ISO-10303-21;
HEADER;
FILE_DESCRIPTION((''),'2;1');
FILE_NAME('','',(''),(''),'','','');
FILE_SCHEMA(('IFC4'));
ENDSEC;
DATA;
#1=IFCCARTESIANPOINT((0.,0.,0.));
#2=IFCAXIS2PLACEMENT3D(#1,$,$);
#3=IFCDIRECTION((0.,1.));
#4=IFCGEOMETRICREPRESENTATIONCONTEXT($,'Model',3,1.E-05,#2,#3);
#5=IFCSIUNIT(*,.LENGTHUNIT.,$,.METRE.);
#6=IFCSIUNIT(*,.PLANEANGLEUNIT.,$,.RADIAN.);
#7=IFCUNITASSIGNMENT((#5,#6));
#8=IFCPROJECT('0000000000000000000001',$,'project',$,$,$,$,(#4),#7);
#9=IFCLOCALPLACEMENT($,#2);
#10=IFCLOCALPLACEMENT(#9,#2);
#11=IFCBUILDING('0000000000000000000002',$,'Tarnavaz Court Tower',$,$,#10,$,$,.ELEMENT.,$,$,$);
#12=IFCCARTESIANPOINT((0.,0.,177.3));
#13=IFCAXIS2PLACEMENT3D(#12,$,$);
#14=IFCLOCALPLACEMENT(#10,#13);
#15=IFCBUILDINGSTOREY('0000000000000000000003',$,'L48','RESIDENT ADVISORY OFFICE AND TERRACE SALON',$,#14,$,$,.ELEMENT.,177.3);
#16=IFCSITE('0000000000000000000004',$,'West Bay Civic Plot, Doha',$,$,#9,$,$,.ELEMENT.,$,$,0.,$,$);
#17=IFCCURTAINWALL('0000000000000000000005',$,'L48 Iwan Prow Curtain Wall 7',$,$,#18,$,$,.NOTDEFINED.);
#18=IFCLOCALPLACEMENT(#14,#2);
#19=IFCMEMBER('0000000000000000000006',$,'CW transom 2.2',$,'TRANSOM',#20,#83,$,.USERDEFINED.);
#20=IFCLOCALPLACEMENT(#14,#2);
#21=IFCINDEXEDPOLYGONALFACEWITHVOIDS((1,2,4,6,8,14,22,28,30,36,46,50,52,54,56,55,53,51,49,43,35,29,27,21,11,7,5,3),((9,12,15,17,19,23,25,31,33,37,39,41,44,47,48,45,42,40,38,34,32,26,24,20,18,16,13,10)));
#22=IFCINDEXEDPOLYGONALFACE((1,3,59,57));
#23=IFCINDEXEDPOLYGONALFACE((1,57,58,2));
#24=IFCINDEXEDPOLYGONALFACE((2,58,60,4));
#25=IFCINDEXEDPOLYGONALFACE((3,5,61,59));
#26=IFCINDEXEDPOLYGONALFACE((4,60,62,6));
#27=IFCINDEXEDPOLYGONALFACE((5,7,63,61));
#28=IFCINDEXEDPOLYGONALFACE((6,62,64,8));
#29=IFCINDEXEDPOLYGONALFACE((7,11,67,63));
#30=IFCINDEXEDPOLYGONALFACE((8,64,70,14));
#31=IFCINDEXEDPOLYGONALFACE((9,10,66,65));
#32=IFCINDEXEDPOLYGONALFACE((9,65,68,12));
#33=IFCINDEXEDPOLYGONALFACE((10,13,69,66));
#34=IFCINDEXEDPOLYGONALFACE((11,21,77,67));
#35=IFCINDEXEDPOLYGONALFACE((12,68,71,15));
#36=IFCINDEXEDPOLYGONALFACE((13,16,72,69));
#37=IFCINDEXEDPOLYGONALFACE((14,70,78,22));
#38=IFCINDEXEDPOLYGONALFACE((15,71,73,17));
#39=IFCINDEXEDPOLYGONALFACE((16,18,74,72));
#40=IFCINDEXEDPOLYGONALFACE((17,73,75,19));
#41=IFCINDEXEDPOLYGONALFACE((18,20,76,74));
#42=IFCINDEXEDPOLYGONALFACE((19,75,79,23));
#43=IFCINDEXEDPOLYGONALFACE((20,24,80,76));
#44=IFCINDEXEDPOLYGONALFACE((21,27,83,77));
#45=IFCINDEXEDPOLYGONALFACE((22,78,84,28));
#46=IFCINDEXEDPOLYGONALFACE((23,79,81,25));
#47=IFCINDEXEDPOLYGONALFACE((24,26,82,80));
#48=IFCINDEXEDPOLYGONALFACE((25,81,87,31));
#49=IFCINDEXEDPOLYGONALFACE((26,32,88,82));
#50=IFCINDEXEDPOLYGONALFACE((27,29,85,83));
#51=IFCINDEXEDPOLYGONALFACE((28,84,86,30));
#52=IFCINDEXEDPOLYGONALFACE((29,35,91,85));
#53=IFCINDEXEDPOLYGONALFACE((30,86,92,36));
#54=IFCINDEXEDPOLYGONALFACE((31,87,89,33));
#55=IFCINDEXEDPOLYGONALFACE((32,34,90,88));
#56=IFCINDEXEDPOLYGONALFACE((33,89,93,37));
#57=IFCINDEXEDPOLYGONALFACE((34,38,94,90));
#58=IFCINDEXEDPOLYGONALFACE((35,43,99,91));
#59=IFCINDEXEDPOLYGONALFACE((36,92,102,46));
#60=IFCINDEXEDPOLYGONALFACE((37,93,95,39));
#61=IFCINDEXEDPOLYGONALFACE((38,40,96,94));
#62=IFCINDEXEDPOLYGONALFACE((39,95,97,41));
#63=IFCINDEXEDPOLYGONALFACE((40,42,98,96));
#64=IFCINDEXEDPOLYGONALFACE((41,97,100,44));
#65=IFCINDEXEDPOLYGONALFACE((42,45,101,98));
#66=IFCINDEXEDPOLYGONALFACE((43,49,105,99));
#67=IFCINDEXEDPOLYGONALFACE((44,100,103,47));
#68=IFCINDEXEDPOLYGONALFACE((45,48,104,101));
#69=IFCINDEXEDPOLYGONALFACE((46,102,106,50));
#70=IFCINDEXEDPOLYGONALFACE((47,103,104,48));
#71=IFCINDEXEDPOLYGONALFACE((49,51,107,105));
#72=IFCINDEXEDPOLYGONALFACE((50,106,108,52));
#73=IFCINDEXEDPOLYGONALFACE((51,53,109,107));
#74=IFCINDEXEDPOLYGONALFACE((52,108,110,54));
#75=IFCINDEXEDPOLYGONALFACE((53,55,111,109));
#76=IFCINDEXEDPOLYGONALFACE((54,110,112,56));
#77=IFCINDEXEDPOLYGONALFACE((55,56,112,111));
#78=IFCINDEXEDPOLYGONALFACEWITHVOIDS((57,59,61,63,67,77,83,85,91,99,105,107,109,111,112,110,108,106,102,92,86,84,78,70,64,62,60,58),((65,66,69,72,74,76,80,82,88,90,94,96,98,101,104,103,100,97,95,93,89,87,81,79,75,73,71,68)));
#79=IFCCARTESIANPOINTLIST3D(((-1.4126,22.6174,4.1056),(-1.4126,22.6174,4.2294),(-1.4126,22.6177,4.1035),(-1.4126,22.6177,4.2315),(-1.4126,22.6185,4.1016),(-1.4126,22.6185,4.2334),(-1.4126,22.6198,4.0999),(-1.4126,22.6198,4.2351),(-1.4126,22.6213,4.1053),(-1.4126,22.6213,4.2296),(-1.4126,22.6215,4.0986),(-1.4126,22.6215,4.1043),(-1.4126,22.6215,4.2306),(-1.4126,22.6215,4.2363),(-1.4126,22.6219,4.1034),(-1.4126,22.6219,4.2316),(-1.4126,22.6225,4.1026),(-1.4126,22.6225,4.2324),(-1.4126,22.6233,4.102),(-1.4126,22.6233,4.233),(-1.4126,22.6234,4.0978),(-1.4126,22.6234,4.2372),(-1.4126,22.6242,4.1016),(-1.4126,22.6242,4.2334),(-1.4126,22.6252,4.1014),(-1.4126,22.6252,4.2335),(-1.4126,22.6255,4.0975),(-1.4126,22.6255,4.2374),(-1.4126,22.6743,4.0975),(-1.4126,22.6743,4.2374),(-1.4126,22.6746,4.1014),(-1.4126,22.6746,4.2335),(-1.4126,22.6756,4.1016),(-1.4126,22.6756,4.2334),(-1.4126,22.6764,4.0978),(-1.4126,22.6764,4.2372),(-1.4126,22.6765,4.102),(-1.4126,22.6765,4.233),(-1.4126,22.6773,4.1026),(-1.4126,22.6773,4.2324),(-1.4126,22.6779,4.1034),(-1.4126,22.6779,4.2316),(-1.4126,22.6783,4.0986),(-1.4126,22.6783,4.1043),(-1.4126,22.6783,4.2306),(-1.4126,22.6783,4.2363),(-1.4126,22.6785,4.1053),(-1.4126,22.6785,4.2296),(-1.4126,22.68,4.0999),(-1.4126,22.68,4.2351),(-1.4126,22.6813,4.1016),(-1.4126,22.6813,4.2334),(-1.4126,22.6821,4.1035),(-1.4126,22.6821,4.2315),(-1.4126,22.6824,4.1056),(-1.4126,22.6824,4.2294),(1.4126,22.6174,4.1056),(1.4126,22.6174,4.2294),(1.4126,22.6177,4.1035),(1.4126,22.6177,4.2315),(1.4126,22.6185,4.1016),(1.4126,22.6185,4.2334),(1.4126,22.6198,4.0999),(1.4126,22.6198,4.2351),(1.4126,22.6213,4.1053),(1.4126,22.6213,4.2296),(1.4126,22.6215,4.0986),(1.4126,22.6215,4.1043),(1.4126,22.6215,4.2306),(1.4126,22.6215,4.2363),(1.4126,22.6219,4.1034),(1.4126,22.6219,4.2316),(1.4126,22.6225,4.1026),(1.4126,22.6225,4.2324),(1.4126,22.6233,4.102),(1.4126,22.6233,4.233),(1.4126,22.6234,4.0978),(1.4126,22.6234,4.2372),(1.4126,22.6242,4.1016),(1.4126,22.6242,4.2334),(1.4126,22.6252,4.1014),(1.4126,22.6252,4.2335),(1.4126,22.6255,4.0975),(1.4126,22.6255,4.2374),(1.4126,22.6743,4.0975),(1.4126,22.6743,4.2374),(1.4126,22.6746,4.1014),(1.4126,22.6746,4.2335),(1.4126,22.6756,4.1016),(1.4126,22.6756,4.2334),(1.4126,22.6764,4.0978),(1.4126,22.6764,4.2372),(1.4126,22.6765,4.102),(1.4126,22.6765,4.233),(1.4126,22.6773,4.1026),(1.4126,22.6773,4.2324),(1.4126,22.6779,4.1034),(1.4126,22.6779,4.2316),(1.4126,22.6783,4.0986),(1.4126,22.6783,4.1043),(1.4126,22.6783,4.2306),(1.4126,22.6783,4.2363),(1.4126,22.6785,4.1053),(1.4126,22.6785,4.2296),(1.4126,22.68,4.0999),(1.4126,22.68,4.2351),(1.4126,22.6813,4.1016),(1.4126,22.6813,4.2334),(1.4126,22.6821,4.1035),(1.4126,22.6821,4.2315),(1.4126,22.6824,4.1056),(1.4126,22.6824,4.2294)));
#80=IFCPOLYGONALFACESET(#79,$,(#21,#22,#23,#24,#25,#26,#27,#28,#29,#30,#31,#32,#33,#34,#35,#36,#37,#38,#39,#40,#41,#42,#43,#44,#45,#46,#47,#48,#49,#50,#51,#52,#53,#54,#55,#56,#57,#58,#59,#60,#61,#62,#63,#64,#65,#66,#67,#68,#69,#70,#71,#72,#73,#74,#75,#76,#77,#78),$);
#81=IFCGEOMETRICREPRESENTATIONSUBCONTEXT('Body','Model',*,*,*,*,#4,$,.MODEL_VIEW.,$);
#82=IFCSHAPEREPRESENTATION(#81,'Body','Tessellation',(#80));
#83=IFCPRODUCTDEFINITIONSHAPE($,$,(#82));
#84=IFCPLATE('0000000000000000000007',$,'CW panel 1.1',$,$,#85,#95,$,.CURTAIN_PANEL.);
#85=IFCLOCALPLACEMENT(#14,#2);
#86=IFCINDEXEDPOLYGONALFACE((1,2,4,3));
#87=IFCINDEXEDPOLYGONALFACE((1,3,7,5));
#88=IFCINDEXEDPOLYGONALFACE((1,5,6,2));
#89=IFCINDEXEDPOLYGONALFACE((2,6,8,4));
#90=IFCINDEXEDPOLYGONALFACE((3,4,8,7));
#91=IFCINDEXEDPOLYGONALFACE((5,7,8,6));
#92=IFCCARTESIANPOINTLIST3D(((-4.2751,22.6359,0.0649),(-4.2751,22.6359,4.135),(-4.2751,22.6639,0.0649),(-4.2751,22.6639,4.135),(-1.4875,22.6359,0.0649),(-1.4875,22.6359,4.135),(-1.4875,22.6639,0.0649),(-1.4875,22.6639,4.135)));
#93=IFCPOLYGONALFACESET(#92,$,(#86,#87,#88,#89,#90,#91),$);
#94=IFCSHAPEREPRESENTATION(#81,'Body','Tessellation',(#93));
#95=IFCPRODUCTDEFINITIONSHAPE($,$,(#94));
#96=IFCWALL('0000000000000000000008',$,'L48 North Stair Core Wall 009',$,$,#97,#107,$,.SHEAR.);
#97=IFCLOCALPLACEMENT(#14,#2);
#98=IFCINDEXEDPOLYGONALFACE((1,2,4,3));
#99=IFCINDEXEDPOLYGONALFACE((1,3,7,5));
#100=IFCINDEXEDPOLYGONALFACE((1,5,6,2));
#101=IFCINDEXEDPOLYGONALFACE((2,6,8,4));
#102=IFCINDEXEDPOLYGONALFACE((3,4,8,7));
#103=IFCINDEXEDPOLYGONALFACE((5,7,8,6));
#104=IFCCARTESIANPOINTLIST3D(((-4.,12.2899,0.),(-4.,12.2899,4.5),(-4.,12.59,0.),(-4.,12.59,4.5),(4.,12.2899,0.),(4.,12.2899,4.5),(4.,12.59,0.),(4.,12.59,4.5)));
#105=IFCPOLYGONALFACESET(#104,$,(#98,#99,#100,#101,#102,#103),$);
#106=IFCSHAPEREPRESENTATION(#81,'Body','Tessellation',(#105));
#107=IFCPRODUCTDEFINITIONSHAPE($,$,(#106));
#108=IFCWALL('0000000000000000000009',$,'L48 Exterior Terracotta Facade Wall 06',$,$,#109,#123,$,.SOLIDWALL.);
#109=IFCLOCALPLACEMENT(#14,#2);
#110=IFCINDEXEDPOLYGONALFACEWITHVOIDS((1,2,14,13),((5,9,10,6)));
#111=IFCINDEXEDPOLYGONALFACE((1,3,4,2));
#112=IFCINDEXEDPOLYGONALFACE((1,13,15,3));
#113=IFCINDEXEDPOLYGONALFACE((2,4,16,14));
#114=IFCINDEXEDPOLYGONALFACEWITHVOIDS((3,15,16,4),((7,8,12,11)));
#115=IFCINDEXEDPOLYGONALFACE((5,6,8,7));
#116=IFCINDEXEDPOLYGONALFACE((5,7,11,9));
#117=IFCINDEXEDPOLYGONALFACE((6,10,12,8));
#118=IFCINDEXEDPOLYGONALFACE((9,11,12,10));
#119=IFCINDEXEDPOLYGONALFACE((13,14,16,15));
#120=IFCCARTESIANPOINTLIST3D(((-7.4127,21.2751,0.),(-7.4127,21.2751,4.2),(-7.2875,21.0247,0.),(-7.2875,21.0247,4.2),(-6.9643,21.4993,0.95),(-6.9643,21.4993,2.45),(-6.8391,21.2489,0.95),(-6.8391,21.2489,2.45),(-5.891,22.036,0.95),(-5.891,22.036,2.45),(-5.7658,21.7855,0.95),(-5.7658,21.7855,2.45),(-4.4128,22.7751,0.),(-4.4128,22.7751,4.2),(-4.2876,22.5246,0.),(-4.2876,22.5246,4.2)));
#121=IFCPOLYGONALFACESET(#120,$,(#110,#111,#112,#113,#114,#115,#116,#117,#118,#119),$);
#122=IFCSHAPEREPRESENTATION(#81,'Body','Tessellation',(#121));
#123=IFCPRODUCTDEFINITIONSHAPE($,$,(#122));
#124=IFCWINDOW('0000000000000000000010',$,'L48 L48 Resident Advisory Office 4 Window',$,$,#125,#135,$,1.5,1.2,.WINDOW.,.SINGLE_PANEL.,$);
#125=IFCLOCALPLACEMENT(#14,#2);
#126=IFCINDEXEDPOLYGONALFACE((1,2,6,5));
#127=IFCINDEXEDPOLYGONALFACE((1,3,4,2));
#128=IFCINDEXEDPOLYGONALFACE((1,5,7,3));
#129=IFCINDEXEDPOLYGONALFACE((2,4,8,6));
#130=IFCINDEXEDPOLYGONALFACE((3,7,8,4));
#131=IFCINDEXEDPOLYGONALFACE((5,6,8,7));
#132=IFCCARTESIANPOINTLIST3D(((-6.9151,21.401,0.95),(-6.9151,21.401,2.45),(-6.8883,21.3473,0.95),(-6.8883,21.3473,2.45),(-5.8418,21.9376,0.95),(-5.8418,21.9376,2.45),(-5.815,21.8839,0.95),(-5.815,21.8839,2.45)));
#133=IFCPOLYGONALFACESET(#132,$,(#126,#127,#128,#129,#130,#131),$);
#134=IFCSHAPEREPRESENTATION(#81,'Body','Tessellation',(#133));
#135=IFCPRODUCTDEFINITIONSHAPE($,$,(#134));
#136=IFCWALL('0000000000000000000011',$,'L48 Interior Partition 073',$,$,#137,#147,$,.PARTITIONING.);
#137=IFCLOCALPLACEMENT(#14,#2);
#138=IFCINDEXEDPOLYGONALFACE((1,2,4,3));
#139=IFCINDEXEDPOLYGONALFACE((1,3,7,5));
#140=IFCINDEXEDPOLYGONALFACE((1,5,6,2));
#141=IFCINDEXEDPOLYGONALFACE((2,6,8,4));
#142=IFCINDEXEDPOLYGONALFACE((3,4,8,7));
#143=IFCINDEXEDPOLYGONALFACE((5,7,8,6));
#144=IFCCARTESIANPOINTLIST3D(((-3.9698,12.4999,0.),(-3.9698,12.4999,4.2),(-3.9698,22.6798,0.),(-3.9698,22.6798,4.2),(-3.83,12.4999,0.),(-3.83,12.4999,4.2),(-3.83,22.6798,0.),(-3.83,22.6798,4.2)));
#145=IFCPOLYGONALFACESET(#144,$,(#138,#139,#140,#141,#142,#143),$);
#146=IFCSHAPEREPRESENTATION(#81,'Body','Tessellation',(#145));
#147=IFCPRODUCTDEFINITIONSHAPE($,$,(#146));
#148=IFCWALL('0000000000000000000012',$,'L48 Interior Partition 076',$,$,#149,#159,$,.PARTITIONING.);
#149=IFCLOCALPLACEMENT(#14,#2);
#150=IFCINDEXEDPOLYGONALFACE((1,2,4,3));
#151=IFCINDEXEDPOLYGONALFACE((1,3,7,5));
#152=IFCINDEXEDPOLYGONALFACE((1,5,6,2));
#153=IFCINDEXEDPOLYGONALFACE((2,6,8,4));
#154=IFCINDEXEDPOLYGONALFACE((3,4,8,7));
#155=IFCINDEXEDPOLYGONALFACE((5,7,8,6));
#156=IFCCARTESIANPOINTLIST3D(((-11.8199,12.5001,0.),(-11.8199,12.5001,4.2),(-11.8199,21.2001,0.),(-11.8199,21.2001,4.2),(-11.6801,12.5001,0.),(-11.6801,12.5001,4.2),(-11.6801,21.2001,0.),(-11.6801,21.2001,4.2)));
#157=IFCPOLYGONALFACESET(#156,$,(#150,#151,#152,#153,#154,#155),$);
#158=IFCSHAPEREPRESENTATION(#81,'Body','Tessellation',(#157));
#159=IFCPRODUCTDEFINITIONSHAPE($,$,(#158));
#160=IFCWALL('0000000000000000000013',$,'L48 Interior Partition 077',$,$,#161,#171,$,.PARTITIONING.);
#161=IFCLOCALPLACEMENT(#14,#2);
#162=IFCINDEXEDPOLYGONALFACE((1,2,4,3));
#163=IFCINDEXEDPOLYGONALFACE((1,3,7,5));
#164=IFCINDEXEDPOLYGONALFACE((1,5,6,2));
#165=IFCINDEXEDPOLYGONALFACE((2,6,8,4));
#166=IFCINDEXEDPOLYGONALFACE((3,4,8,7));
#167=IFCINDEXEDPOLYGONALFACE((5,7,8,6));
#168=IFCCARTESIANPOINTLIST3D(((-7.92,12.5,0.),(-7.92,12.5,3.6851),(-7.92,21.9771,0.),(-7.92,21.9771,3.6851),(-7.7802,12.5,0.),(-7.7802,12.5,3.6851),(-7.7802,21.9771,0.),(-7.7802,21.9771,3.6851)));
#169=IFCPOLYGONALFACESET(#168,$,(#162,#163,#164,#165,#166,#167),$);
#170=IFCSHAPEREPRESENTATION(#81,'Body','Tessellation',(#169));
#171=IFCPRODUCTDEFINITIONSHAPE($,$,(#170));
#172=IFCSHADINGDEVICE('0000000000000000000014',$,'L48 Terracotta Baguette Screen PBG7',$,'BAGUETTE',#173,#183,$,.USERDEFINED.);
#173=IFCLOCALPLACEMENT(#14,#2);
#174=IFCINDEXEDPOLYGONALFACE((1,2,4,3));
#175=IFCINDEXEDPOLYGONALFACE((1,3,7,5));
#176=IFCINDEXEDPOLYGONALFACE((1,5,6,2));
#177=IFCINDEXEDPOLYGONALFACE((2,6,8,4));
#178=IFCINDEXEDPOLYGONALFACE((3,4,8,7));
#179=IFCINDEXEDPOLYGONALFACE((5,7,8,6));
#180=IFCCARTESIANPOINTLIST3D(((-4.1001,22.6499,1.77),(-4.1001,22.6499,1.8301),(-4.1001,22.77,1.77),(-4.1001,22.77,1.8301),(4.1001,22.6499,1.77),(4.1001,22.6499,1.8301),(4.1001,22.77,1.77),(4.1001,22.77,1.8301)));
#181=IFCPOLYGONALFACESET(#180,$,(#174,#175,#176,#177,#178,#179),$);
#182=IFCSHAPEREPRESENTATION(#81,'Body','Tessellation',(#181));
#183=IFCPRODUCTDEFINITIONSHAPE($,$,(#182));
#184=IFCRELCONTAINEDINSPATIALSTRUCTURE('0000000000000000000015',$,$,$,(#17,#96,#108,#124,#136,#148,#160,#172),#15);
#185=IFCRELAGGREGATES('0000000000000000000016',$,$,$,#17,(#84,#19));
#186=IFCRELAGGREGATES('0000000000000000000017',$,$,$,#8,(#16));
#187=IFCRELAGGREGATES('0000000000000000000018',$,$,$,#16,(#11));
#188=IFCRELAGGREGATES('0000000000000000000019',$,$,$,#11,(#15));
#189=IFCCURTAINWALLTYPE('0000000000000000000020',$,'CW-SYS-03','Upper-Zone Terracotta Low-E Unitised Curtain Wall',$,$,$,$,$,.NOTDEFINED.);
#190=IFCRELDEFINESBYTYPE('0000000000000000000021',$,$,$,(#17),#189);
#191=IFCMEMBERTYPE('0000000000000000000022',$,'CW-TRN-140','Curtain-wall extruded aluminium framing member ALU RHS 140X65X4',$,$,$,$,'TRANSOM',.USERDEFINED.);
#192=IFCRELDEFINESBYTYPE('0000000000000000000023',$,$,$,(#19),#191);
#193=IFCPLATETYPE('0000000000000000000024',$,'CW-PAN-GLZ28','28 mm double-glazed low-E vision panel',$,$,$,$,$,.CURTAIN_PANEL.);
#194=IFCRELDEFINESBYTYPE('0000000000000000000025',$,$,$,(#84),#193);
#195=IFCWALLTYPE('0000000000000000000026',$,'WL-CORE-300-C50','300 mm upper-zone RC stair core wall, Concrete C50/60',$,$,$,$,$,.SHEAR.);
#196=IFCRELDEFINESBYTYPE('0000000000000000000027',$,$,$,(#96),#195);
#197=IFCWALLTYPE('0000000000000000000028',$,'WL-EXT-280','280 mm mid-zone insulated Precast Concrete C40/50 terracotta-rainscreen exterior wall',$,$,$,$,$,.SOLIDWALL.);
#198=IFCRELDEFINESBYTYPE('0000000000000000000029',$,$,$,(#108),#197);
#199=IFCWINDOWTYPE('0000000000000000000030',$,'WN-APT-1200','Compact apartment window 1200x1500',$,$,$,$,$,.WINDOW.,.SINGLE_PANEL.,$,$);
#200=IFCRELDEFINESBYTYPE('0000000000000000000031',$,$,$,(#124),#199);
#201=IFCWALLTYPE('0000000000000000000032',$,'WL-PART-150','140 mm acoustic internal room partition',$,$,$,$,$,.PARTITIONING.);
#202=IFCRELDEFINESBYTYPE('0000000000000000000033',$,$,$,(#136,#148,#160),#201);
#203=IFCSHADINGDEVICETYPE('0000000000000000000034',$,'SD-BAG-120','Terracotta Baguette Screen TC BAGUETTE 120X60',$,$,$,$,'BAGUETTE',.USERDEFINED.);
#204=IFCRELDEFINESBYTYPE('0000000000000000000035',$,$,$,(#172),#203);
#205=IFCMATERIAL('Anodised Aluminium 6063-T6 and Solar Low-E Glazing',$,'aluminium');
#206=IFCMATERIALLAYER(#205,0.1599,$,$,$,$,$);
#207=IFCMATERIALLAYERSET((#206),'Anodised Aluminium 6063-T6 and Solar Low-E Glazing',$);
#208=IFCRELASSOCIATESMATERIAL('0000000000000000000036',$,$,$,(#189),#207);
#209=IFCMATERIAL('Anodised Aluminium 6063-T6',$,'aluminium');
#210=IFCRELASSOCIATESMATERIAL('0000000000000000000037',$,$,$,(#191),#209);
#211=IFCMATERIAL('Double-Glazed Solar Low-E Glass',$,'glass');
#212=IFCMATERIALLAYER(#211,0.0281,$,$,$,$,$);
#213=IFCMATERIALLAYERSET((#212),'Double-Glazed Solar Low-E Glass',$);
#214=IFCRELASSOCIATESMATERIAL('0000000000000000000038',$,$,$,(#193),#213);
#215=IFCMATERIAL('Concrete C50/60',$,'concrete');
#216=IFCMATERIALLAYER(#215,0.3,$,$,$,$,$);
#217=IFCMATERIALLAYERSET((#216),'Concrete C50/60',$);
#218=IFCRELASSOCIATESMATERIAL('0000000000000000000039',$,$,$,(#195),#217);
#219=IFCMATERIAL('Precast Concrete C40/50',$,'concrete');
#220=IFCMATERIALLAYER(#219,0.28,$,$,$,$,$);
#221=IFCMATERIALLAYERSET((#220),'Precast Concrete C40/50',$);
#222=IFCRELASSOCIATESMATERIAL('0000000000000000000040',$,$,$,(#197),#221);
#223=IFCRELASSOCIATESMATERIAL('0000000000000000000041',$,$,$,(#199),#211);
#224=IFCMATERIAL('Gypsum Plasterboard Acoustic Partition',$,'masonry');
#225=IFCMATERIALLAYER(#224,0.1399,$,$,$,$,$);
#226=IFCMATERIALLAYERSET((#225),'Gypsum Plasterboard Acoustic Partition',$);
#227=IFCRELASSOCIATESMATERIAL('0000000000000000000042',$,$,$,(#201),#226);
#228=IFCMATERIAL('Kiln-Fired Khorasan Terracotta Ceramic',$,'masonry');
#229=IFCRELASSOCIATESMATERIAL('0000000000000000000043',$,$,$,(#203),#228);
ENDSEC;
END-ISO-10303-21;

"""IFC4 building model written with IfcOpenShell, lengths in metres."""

from ifc_helpers import new_model, si_unit, direction, frame, frame_2d, origin, origin_2d, place, context, subcontext, project, spatial, rectangle, hollow_rectangle, extrude, material, layer, layer_set, material_profile, profile_set, type_object, element, fill, aggregate, save


model = new_model("IFC4")

# Units and contexts
model_context = context("Model", 3, precision=1e-05, world=origin(), true_north=direction((0.0, 1.0)))
body_context = subcontext(model_context, "Body", "Model", "MODEL_VIEW")
ifc_project = project(units=[si_unit("LENGTHUNIT", "METRE"), si_unit("PLANEANGLEUNIT", "RADIAN")], contexts=[model_context])

# Site, building, storey
site_placement = place(None, origin())
site = spatial("IfcSite", under=ifc_project, at=site_placement, Name="West Bay Civic Plot, Doha", CompositionType="ELEMENT", RefElevation=0.0)
building_placement = place(site_placement, origin())
building = spatial("IfcBuilding", under=site, at=building_placement, Name="Tarnavaz Court Tower", CompositionType="ELEMENT")
storey_placement = place(building_placement, frame((0.0, 0.0, 177.3)))
storey = spatial("IfcBuildingStorey", under=building, at=storey_placement, Name="L48", Description="RESIDENT ADVISORY OFFICE AND TERRACE SALON", CompositionType="ELEMENT", Elevation=177.3)

# Curtain wall, member, plate
ifc_material_1 = material(Name="Anodised Aluminium 6063-T6 and Solar Low-E Glazing", Category="aluminium")
ifc_layer_1 = layer(ifc_material_1, 0.1599)
ifc_layer_set_1 = layer_set([ifc_layer_1], Name="Anodised Aluminium 6063-T6 and Solar Low-E Glazing")
curtain_wall_type = type_object("IfcCurtainWallType", Name="CW-SYS-03", Description="Upper-Zone Terracotta Low-E Unitised Curtain Wall", PredefinedType="NOTDEFINED", material=ifc_layer_set_1)
curtain_wall_placement = place(storey_placement, origin())
curtain_wall = element("IfcCurtainWall", 1, at=curtain_wall_placement, inside=storey, type_object=curtain_wall_type, Name="L48 Iwan Prow Curtain Wall 7", PredefinedType="NOTDEFINED")
ifc_material_2 = material(Name="Anodised Aluminium 6063-T6", Category="aluminium")
ifc_material_profile_1 = material_profile(ifc_material_2, hollow_rectangle(XDim=0.0649, YDim=0.1399, WallThickness=0.0039, InnerFilletRadius=0.0039, OuterFilletRadius=0.0081, at=origin_2d()), Name="ALU RHS 140X65X4")
ifc_profile_set_1 = profile_set([ifc_material_profile_1], Name="Anodised Aluminium 6063-T6")
member_type_1 = type_object("IfcMemberType", Name="CW-TRN-140", Description="Curtain-wall extruded aluminium framing member ALU RHS 140X65X4", ElementType="TRANSOM", PredefinedType="USERDEFINED", material=ifc_profile_set_1)
member_1_placement = place(storey_placement, frame((-1.4126, 22.6499, 4.1675), z_axis=(1.0, 0.0, 0.0), x_axis=(0.0, 1.0, 0.0)))
member_1 = element("IfcMember", 2, at=member_1_placement, type_object=member_type_1, Name="CW transom 2.2", ObjectType="TRANSOM", PredefinedType="USERDEFINED", context=body_context, shape_type="SweptSolid", body=[
    extrude(hollow_rectangle(XDim=0.0649, YDim=0.1399, WallThickness=0.0039, InnerFilletRadius=0.0039, OuterFilletRadius=0.0081, at=origin_2d()), origin(), (0.0, 0.0, 1.0), 2.8252),
])
ifc_material_3 = material(Name="Double-Glazed Solar Low-E Glass", Category="glass")
ifc_layer_2 = layer(ifc_material_3, 0.0281)
ifc_layer_set_2 = layer_set([ifc_layer_2], Name="Double-Glazed Solar Low-E Glass")
plate_type = type_object("IfcPlateType", Name="CW-PAN-GLZ28", Description="28 mm double-glazed low-E vision panel", PredefinedType="CURTAIN_PANEL", material=ifc_layer_set_2)
plate_placement = place(storey_placement, frame((-2.8813, 22.6499, 0.0649), z_axis=(0.0, 0.0, 1.0), x_axis=(1.0, 0.0, 0.0)))
plate = element("IfcPlate", 3, at=plate_placement, type_object=plate_type, Name="CW panel 1.1", PredefinedType="CURTAIN_PANEL", context=body_context, shape_type="SweptSolid", body=[
    extrude(rectangle(XDim=2.7876, YDim=0.0281, at=origin_2d()), origin(), (0.0, 0.0, 1.0), 4.0701),
])
aggregate(curtain_wall, [plate, member_1])

# Wall
ifc_material_4 = material(Name="Concrete C50/60", Category="concrete")
ifc_layer_3 = layer(ifc_material_4, 0.3)
ifc_layer_set_3 = layer_set([ifc_layer_3], Name="Concrete C50/60")
wall_type_1 = type_object("IfcWallType", Name="WL-CORE-300-C50", Description="300 mm upper-zone RC stair core wall, Concrete C50/60", PredefinedType="SHEAR", material=ifc_layer_set_3)
wall_1_placement = place(storey_placement, frame((-4.0, 12.4399, 0.0), z_axis=(0.0, 0.0, 1.0), x_axis=(1.0, 0.0, 0.0)))
element("IfcWall", 4, at=wall_1_placement, inside=storey, type_object=wall_type_1, Name="L48 North Stair Core Wall 009", PredefinedType="SHEAR", context=body_context, shape_type="SweptSolid", body=[
    extrude(rectangle(XDim=8.0, YDim=0.3, at=frame_2d((4.0, 0.0))), origin(), (0.0, 0.0, 1.0), 4.5),
])

# Wall, opening, window
ifc_material_5 = material(Name="Precast Concrete C40/50", Category="concrete")
ifc_layer_4 = layer(ifc_material_5, 0.28)
ifc_layer_set_4 = layer_set([ifc_layer_4], Name="Precast Concrete C40/50")
wall_type_2 = type_object("IfcWallType", Name="WL-EXT-280", Description="280 mm mid-zone insulated Precast Concrete C40/50 terracotta-rainscreen exterior wall", PredefinedType="SOLIDWALL", material=ifc_layer_set_4)
wall_2_placement = place(storey_placement, frame((-7.3501, 21.1499, 0.0), z_axis=(0.0, 0.0, 1.0), x_axis=(0.894427, 0.447214, 0.0)))
wall_2 = element("IfcWall", 5, at=wall_2_placement, inside=storey, type_object=wall_type_2, Name="L48 Exterior Terracotta Facade Wall 06", PredefinedType="SOLIDWALL", context=body_context, shape_type="SweptSolid", body=[
    extrude(rectangle(XDim=3.354, YDim=0.28, at=frame_2d((1.677, 0.0))), origin(), (0.0, 0.0, 1.0), 4.2),
])
opening_placement = place(wall_2_placement, frame((0.5012, 0.0, 0.95)))
opening = element("IfcOpeningElement", 6, at=opening_placement, cuts=wall_2, PredefinedType="OPENING", context=body_context, shape_type="SweptSolid", body=[
    extrude(rectangle(XDim=1.2, YDim=1.5, at=frame_2d((0.6001, 0.75))), frame((0.0, 0.1499, 0.0), z_axis=(0.0, -1.0, 0.0), x_axis=(1.0, 0.0, 0.0)), (0.0, 0.0, 1.0), 0.3),
])
window_type = type_object("IfcWindowType", Name="WN-APT-1200", Description="Compact apartment window 1200x1500", PartitioningType="SINGLE_PANEL", PredefinedType="WINDOW", material=ifc_material_3)
window_placement = place(opening_placement, origin())
window = element("IfcWindow", 7, at=window_placement, inside=storey, type_object=window_type, Name="L48 L48 Resident Advisory Office 4 Window", OverallHeight=1.5, OverallWidth=1.2, PartitioningType="SINGLE_PANEL", PredefinedType="WINDOW", context=body_context, shape_type="SweptSolid", body=[
    extrude(rectangle(XDim=1.2, YDim=1.5, at=frame_2d((0.6001, 0.75))), frame((0.0, 0.03, 0.0), z_axis=(0.0, -1.0, 0.0), x_axis=(1.0, 0.0, 0.0)), (0.0, 0.0, 1.0), 0.0601),
])
fill(opening, window)

# Walls
ifc_material_6 = material(Name="Gypsum Plasterboard Acoustic Partition", Category="masonry")
ifc_layer_5 = layer(ifc_material_6, 0.1399)
ifc_layer_set_5 = layer_set([ifc_layer_5], Name="Gypsum Plasterboard Acoustic Partition")
wall_type_3 = type_object("IfcWallType", Name="WL-PART-150", Description="140 mm acoustic internal room partition", PredefinedType="PARTITIONING", material=ifc_layer_set_5)
wall_3_placement = place(storey_placement, frame((-3.8999, 12.5, 0.0), z_axis=(0.0, 0.0, 1.0), x_axis=(0.0, 1.0, 0.0)))
element("IfcWall", 8, at=wall_3_placement, inside=storey, type_object=wall_type_3, Name="L48 Interior Partition 073", PredefinedType="PARTITIONING", context=body_context, shape_type="SweptSolid", body=[
    extrude(rectangle(XDim=10.1799, YDim=0.1399, at=frame_2d((5.0898, 0.0))), origin(), (0.0, 0.0, 1.0), 4.2),
])
wall_4_placement = place(storey_placement, frame((-11.75, 12.5, 0.0), z_axis=(0.0, 0.0, 1.0), x_axis=(0.0, 1.0, 0.0)))
element("IfcWall", 9, at=wall_4_placement, inside=storey, type_object=wall_type_3, Name="L48 Interior Partition 076", PredefinedType="PARTITIONING", context=body_context, shape_type="SweptSolid", body=[
    extrude(rectangle(XDim=8.7, YDim=0.1399, at=frame_2d((4.3501, 0.0))), origin(), (0.0, 0.0, 1.0), 4.2),
])
wall_5_placement = place(storey_placement, frame((-7.8501, 12.5, 0.0), z_axis=(0.0, 0.0, 1.0), x_axis=(0.0, 1.0, 0.0)))
element("IfcWall", 10, at=wall_5_placement, inside=storey, type_object=wall_type_3, Name="L48 Interior Partition 077", PredefinedType="PARTITIONING", context=body_context, shape_type="SweptSolid", body=[
    extrude(rectangle(XDim=9.4771, YDim=0.1399, at=frame_2d((4.7385, 0.0))), origin(), (0.0, 0.0, 1.0), 3.6851),
])

# Shading device
ifc_material_7 = material(Name="Kiln-Fired Khorasan Terracotta Ceramic", Category="masonry")
ifc_material_profile_2 = material_profile(ifc_material_7, rectangle(XDim=0.1201, YDim=0.0601, at=origin_2d()), Name="TC BAGUETTE 120X60")
ifc_profile_set_2 = profile_set([ifc_material_profile_2], Name="Kiln-Fired Khorasan Terracotta Ceramic")
shading_device_type = type_object("IfcShadingDeviceType", Name="SD-BAG-120", Description="Terracotta Baguette Screen TC BAGUETTE 120X60", ElementType="BAGUETTE", PredefinedType="USERDEFINED", material=ifc_profile_set_2)
shading_device_placement = place(storey_placement, frame((-4.1001, 22.71, 1.8), z_axis=(1.0, 0.0, 0.0), x_axis=(0.0, 1.0, 0.0)))
element("IfcShadingDevice", 11, at=shading_device_placement, inside=storey, type_object=shading_device_type, Name="L48 Terracotta Baguette Screen PBG7", ObjectType="BAGUETTE", PredefinedType="USERDEFINED", context=body_context, shape_type="SweptSolid", body=[
    extrude(rectangle(XDim=0.1201, YDim=0.0601, at=origin_2d()), origin(), (0.0, 0.0, 1.0), 8.2002),
])

save(model, "model.ifc")
